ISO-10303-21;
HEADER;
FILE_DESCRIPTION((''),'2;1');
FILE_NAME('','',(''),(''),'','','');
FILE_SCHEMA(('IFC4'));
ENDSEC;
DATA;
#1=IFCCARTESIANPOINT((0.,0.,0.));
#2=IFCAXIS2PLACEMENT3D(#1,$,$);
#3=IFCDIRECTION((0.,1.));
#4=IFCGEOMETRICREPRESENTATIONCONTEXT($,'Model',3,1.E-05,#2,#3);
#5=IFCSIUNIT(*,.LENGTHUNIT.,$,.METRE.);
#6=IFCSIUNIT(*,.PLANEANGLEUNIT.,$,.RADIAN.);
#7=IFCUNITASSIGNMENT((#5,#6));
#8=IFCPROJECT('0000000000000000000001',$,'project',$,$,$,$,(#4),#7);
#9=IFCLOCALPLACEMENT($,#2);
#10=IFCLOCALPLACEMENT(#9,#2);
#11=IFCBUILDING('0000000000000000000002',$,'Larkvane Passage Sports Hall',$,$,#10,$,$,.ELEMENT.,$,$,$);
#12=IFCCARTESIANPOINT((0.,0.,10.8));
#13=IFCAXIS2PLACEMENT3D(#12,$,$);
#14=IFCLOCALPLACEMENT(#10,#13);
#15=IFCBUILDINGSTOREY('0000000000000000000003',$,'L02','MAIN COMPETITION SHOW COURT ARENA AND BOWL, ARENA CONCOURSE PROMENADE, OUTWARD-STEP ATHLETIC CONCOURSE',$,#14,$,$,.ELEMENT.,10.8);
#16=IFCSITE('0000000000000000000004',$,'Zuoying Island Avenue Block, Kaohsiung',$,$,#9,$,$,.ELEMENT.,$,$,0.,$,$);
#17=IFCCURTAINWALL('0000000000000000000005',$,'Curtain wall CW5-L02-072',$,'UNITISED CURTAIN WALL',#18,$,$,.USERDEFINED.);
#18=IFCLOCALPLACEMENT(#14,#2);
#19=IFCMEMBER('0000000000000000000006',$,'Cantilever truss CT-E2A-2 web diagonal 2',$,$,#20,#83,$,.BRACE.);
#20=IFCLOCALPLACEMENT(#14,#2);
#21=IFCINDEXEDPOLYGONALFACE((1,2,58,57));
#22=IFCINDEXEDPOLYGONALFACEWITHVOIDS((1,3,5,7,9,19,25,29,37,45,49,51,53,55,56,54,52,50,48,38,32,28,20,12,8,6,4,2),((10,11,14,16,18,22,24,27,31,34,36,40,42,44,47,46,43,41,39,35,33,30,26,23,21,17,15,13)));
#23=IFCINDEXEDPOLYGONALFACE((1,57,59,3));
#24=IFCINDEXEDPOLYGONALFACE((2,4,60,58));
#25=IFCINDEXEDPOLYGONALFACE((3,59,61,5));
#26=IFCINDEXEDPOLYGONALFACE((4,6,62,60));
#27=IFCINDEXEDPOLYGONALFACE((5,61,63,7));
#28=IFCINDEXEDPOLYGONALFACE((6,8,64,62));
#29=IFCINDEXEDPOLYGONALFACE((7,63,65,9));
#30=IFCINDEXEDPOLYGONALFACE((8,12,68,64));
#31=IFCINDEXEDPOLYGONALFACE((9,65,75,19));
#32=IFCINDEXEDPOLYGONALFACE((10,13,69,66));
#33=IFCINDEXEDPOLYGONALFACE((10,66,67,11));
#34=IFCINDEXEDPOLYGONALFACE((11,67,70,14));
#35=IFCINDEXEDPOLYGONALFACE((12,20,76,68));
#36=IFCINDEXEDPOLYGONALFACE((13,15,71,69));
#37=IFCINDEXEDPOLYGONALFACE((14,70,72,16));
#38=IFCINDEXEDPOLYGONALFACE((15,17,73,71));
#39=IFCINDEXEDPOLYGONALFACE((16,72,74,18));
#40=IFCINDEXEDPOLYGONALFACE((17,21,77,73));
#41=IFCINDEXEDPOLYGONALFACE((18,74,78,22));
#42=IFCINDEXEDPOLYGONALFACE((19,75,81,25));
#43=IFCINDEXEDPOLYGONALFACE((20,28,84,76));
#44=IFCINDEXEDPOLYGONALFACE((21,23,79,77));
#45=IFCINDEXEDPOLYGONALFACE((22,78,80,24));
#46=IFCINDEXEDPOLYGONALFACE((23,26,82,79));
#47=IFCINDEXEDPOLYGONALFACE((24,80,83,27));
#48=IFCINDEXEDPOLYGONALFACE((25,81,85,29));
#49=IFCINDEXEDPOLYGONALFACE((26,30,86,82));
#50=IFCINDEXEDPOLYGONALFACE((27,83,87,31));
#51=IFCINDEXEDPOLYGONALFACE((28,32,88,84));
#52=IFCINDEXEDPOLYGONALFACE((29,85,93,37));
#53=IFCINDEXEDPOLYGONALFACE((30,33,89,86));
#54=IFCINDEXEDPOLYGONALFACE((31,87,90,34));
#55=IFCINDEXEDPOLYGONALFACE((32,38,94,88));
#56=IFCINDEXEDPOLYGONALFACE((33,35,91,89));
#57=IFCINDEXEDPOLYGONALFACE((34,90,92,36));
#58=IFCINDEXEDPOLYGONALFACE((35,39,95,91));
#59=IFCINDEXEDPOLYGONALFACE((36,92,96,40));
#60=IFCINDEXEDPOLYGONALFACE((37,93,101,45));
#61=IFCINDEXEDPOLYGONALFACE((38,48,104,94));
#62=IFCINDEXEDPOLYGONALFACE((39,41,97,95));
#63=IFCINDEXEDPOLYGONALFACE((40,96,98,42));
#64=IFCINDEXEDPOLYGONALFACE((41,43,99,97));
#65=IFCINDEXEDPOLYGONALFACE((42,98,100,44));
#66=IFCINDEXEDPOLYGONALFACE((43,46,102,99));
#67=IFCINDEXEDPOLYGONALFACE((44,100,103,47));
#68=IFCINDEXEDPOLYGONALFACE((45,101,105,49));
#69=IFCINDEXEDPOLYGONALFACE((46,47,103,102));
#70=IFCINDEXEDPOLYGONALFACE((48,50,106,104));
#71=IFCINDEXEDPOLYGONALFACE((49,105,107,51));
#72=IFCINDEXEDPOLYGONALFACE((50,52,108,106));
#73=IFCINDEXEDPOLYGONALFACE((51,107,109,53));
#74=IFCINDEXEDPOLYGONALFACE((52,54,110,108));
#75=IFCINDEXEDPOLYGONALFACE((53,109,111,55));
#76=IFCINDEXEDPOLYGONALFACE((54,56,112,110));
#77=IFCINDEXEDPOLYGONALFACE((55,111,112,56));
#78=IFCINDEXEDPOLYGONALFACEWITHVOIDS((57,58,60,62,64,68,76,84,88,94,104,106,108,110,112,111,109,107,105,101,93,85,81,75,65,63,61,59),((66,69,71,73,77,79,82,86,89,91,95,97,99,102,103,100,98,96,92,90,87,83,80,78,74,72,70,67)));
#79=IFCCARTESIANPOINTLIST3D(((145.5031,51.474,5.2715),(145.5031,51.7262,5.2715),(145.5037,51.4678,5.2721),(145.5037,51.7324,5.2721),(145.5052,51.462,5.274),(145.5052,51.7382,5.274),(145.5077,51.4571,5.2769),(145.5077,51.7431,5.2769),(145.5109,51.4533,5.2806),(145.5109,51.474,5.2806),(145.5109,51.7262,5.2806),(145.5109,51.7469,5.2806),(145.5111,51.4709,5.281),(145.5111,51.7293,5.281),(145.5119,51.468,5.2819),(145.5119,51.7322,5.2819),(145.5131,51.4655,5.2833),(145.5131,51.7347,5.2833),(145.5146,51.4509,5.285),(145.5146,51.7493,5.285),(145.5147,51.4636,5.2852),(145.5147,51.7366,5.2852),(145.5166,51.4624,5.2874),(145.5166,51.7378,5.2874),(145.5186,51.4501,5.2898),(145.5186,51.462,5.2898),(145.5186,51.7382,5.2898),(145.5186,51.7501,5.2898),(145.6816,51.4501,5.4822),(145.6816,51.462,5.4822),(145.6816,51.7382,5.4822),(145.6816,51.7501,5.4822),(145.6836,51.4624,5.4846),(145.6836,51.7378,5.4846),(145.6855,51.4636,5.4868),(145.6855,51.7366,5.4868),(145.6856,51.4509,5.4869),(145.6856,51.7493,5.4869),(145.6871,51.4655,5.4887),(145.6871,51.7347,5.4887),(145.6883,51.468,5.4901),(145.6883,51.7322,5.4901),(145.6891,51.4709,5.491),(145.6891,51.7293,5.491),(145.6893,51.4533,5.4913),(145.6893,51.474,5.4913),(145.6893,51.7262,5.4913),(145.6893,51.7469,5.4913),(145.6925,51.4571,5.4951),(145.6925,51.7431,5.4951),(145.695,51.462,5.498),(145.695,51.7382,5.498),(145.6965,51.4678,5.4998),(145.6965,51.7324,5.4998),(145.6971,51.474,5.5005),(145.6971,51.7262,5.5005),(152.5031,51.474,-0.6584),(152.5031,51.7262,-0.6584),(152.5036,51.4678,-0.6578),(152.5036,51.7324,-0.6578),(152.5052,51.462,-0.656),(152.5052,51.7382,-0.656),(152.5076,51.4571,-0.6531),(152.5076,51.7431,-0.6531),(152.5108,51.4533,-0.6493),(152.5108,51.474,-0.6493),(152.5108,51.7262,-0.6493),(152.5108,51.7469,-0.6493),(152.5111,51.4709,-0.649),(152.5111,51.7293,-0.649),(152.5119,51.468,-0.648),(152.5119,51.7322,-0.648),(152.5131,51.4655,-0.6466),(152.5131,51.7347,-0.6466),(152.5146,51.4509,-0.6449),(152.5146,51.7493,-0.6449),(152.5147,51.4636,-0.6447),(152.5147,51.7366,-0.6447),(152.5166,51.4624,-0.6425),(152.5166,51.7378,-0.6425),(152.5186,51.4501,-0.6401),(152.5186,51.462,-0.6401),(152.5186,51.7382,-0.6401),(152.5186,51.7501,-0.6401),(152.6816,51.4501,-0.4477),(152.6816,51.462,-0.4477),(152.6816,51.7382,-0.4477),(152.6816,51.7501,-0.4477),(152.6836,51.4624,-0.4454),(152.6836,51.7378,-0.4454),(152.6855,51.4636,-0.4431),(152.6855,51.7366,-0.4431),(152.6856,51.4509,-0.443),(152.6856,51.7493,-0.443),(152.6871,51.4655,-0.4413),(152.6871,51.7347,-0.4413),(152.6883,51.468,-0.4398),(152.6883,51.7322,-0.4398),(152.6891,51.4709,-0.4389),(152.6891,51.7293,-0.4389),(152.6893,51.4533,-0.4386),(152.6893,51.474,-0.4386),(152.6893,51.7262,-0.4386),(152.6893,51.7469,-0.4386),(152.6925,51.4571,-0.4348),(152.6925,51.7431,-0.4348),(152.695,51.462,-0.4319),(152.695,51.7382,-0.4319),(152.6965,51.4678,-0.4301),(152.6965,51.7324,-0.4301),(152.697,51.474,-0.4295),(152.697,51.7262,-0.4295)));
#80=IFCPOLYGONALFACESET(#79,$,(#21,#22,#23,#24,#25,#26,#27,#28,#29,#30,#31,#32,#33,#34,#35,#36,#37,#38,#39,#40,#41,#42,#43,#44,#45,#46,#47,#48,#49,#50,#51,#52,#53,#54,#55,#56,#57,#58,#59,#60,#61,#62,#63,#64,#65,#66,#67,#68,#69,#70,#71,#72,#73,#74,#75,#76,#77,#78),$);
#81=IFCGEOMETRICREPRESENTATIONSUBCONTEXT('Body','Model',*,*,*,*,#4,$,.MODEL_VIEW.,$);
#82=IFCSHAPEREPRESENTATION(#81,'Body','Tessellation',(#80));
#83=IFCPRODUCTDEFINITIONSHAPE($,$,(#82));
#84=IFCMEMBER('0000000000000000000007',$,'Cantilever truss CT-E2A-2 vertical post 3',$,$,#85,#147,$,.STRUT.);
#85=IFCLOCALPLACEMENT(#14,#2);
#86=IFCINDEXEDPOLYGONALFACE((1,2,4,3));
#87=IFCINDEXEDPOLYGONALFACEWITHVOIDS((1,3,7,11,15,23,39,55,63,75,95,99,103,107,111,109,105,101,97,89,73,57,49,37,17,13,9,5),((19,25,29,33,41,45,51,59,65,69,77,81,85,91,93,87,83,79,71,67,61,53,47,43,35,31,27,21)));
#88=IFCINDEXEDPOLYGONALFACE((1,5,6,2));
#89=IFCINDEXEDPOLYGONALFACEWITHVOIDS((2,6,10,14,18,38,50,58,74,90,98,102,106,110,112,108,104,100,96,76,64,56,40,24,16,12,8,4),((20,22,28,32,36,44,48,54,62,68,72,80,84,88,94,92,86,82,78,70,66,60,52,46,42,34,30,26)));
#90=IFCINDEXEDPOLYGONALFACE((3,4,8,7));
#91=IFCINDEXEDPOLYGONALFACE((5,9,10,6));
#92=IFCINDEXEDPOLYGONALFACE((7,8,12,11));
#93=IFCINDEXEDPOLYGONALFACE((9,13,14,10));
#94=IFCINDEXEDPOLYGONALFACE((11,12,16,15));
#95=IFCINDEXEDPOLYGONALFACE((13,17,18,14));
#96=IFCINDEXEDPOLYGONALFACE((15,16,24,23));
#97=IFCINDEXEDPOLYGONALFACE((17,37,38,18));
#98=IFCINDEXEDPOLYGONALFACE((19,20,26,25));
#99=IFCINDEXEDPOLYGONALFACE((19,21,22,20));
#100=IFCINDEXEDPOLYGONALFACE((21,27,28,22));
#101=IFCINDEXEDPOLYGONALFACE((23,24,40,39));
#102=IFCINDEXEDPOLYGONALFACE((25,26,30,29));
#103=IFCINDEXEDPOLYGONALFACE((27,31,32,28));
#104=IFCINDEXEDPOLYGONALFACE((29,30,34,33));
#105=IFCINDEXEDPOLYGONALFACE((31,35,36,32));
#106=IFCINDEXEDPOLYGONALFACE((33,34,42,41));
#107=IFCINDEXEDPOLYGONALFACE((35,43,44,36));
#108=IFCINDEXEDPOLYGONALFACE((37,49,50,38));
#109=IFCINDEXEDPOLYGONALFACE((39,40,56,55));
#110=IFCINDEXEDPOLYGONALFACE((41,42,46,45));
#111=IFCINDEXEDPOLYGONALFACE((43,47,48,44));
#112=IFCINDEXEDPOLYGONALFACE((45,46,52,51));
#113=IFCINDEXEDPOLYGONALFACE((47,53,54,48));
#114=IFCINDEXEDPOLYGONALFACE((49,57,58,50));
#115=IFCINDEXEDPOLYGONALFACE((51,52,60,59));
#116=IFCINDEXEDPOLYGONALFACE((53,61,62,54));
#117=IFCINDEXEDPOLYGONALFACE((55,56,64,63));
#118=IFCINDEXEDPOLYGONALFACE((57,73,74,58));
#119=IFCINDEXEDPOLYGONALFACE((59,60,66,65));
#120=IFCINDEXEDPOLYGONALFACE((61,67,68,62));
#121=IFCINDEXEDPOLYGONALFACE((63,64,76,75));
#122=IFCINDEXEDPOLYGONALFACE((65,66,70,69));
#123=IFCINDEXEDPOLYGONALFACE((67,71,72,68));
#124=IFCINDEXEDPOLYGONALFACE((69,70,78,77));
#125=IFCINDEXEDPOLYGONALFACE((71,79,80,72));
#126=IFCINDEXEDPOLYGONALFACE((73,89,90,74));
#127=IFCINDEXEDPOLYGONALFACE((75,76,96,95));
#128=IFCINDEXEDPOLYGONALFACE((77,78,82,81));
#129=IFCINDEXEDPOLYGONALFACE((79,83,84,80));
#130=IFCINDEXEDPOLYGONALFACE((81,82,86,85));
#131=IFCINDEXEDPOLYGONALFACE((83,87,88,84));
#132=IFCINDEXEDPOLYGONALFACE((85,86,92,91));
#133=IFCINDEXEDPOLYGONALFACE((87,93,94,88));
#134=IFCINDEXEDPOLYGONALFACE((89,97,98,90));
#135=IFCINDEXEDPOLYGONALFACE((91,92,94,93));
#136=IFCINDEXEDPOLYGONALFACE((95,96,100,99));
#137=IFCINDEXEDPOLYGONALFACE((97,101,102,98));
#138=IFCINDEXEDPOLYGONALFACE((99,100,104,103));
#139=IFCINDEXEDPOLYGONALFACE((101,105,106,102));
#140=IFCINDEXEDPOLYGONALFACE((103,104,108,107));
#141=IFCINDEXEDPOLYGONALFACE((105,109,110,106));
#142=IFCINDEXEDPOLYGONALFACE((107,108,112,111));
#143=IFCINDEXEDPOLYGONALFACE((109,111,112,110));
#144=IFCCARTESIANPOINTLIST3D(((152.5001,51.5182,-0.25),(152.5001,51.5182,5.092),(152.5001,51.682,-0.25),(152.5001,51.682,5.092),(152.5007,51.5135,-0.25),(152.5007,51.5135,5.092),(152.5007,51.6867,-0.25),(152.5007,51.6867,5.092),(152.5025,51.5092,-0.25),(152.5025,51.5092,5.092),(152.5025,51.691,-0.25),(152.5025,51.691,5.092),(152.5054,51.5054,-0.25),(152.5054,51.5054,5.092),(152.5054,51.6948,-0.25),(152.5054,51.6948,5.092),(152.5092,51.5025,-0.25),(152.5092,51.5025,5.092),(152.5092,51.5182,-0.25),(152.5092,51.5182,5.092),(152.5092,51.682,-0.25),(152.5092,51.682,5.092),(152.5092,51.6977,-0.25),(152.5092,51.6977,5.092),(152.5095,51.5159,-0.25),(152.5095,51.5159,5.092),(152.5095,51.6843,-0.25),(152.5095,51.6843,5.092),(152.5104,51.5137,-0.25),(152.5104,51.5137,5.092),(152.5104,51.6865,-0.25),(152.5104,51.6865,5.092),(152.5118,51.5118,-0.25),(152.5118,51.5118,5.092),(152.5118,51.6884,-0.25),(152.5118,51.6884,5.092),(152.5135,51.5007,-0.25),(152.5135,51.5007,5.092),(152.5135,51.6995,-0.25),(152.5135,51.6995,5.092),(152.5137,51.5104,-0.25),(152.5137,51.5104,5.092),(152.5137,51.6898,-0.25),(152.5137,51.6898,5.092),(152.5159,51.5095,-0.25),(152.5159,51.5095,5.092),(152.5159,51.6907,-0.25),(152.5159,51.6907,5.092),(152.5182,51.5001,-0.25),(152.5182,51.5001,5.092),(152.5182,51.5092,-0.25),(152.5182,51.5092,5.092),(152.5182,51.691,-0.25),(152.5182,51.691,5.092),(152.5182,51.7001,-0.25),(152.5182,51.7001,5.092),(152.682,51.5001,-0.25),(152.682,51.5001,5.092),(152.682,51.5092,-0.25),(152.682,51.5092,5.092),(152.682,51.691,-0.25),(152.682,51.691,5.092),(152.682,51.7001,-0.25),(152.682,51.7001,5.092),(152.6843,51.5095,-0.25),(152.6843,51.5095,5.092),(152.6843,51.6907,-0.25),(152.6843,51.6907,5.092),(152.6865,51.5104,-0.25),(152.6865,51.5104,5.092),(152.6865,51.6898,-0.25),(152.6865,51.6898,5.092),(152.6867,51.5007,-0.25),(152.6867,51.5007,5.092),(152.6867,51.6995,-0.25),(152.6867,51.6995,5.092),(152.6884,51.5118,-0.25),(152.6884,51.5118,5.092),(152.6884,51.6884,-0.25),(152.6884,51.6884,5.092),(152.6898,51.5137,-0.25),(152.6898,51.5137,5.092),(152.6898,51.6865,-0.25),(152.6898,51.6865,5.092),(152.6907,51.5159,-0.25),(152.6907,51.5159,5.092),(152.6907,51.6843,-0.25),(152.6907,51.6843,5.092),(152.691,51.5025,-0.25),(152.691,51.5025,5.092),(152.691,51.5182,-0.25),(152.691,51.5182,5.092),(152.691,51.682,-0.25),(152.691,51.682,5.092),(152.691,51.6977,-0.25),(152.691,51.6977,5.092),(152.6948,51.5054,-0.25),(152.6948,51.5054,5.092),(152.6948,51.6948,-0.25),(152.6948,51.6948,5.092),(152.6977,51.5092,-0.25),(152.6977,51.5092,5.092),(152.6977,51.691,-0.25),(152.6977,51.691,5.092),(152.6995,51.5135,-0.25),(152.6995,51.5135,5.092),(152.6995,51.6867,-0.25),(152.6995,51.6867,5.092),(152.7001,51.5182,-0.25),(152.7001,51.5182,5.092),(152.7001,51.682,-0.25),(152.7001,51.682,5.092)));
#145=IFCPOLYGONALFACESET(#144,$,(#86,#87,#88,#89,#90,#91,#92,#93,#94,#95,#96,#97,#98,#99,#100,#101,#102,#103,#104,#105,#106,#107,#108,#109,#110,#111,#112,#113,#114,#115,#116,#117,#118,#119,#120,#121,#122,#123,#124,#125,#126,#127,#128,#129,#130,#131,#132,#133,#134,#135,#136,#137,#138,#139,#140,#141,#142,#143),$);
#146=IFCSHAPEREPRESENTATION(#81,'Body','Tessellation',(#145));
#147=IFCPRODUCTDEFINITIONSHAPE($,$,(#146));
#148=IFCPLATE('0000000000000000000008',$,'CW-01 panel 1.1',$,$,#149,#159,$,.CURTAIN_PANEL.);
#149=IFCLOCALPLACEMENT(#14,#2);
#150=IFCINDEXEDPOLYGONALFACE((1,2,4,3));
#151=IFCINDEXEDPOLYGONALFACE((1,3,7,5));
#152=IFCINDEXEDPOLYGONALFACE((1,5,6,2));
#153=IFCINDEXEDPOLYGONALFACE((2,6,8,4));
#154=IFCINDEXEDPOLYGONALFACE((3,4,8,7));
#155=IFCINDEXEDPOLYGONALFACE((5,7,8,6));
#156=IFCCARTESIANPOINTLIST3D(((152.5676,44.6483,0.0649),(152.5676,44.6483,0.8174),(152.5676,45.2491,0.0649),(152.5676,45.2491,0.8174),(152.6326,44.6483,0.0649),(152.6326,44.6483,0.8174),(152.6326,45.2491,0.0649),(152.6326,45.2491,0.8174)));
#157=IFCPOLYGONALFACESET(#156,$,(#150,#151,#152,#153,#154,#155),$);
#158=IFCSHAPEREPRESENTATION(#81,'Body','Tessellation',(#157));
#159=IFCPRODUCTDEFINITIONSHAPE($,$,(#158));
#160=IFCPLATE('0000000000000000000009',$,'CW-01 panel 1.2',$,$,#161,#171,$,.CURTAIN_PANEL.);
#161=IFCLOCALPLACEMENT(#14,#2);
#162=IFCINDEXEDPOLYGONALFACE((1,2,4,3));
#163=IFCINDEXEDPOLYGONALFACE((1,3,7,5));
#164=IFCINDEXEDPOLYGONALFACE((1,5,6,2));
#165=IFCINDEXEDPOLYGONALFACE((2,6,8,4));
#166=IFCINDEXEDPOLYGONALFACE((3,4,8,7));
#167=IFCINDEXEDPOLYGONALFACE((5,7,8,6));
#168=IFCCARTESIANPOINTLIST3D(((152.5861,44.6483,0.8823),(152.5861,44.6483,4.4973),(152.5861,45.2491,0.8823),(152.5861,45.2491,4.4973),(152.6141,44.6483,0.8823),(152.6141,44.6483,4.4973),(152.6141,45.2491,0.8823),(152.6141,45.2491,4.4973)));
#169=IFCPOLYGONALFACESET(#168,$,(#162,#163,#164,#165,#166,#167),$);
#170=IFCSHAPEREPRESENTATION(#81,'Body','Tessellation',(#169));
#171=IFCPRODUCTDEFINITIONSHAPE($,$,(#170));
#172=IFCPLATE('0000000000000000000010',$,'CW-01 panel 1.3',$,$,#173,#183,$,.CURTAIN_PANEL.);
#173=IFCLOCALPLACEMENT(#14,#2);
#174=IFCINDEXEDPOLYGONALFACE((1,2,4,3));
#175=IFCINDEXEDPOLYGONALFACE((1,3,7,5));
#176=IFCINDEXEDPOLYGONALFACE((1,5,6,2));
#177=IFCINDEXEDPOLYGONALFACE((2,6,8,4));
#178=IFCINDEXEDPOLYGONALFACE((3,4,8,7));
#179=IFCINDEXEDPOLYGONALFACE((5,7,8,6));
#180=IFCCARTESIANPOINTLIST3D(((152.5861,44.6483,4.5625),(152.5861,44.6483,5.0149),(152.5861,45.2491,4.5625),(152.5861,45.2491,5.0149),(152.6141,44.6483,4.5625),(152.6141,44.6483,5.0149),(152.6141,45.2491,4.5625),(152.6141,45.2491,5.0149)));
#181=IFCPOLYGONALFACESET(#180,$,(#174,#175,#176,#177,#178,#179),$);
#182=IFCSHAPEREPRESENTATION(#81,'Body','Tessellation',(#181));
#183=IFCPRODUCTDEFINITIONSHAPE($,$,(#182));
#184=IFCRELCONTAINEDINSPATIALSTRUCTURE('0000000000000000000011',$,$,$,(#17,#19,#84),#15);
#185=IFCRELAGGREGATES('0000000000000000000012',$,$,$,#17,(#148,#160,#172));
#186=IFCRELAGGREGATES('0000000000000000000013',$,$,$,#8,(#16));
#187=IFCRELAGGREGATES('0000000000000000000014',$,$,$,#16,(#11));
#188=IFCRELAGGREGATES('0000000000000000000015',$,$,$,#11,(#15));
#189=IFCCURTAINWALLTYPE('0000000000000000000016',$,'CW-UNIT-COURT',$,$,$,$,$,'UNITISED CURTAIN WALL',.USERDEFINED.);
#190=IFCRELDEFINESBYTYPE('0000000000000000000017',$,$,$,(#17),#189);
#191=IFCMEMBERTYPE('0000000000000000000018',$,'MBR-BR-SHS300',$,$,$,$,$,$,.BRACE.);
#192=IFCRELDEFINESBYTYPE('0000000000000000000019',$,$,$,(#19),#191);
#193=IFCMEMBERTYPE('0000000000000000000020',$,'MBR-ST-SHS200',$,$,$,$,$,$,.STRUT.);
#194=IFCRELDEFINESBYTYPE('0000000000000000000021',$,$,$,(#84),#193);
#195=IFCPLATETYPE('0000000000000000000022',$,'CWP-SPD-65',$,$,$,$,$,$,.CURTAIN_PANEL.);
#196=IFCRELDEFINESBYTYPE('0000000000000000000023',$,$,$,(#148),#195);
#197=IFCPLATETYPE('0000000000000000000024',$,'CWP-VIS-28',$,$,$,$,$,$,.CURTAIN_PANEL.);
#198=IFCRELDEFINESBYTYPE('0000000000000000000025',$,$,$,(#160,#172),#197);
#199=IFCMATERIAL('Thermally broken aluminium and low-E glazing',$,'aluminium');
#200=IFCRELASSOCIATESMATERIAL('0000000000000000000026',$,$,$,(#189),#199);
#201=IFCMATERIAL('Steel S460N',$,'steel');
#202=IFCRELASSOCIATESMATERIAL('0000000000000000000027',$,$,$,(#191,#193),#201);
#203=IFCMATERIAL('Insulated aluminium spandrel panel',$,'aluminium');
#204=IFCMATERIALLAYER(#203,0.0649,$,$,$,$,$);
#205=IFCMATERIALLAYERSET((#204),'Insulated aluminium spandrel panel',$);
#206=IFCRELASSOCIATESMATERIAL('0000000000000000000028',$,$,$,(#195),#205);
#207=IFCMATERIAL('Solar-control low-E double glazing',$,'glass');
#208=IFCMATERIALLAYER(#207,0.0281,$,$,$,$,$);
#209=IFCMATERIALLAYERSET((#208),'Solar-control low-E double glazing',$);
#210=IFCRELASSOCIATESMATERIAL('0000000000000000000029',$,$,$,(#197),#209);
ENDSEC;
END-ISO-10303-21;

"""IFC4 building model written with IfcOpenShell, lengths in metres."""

from ifc_helpers import new_model, si_unit, direction, frame, origin, origin_2d, place, context, subcontext, project, spatial, rectangle, hollow_rectangle, extrude, material, layer, layer_set, material_profile, profile_set, type_object, element, aggregate, save


model = new_model("IFC4")

# Units and contexts
model_context = context("Model", 3, precision=1e-05, world=origin(), true_north=direction((0.0, 1.0)))
body_context = subcontext(model_context, "Body", "Model", "MODEL_VIEW")
ifc_project = project(units=[si_unit("LENGTHUNIT", "METRE"), si_unit("PLANEANGLEUNIT", "RADIAN")], contexts=[model_context])

# Site, building, storey
site_placement = place(None, origin())
site = spatial("IfcSite", under=ifc_project, at=site_placement, Name="Zuoying Island Avenue Block, Kaohsiung", CompositionType="ELEMENT", RefElevation=0.0)
building_placement = place(site_placement, origin())
building = spatial("IfcBuilding", under=site, at=building_placement, Name="Larkvane Passage Sports Hall", CompositionType="ELEMENT")
storey_placement = place(building_placement, frame((0.0, 0.0, 10.8)))
storey = spatial("IfcBuildingStorey", under=building, at=storey_placement, Name="L02", Description="MAIN COMPETITION SHOW COURT ARENA AND BOWL, ARENA CONCOURSE PROMENADE, OUTWARD-STEP ATHLETIC CONCOURSE", CompositionType="ELEMENT", Elevation=10.8)

# Shared definitions
ifc_material_1 = material(Name="Steel S460N", Category="steel")

# Curtain wall
ifc_material_2 = material(Name="Thermally broken aluminium and low-E glazing", Category="aluminium")
curtain_wall_type = type_object("IfcCurtainWallType", Name="CW-UNIT-COURT", ElementType="UNITISED CURTAIN WALL", PredefinedType="USERDEFINED", material=ifc_material_2)
curtain_wall_placement = place(storey_placement, origin())
curtain_wall = element("IfcCurtainWall", 1, at=curtain_wall_placement, inside=storey, type_object=curtain_wall_type, Name="Curtain wall CW5-L02-072", ObjectType="UNITISED CURTAIN WALL", PredefinedType="USERDEFINED")

# Members
ifc_material_profile_1 = material_profile(ifc_material_1, hollow_rectangle(XDim=0.3, YDim=0.3, WallThickness=0.012, InnerFilletRadius=0.012, OuterFilletRadius=0.0239, at=origin_2d()), Name="SHS-300x300x12")
ifc_profile_set_1 = profile_set([ifc_material_profile_1], Name="Steel S460N")
member_type_1 = type_object("IfcMemberType", Name="MBR-BR-SHS300", PredefinedType="BRACE", material=ifc_profile_set_1)
member_1_placement = place(storey_placement, frame((145.6001, 51.6001, 5.386), z_axis=(0.763018, 0.0, -0.646378), x_axis=(0.0, 1.0, 0.0)))
element("IfcMember", 2, at=member_1_placement, inside=storey, type_object=member_type_1, Name="Cantilever truss CT-E2A-2 web diagonal 2", PredefinedType="BRACE", context=body_context, shape_type="SweptSolid", body=[
    extrude(hollow_rectangle(XDim=0.3, YDim=0.3, WallThickness=0.012, InnerFilletRadius=0.012, OuterFilletRadius=0.0239, at=origin_2d()), origin(), (0.0, 0.0, 1.0), 9.1741),
])
ifc_material_profile_2 = material_profile(ifc_material_1, hollow_rectangle(XDim=0.2, YDim=0.2, WallThickness=0.009, InnerFilletRadius=0.009, OuterFilletRadius=0.0181, at=origin_2d()), Name="SHS-200x200x9")
ifc_profile_set_2 = profile_set([ifc_material_profile_2], Name="Steel S460N")
member_type_2 = type_object("IfcMemberType", Name="MBR-ST-SHS200", PredefinedType="STRUT", material=ifc_profile_set_2)
member_2_placement = place(storey_placement, frame((152.6001, 51.6001, -0.25), z_axis=(0.0, 0.0, 1.0), x_axis=(1.0, 0.0, 0.0)))
element("IfcMember", 3, at=member_2_placement, inside=storey, type_object=member_type_2, Name="Cantilever truss CT-E2A-2 vertical post 3", PredefinedType="STRUT", context=body_context, shape_type="SweptSolid", body=[
    extrude(hollow_rectangle(XDim=0.2, YDim=0.2, WallThickness=0.009, InnerFilletRadius=0.009, OuterFilletRadius=0.0181, at=origin_2d()), origin(), (0.0, 0.0, 1.0), 5.342),
])

# Plates
ifc_material_3 = material(Name="Insulated aluminium spandrel panel", Category="aluminium")
ifc_layer_1 = layer(ifc_material_3, 0.0649)
ifc_layer_set_1 = layer_set([ifc_layer_1], Name="Insulated aluminium spandrel panel")
plate_type_1 = type_object("IfcPlateType", Name="CWP-SPD-65", PredefinedType="CURTAIN_PANEL", material=ifc_layer_set_1)
plate_1_placement = place(storey_placement, frame((152.6001, 44.9487, 0.0649), z_axis=(0.0, 0.0, 1.0), x_axis=(0.0, -1.0, 0.0)))
plate_1 = element("IfcPlate", 4, at=plate_1_placement, type_object=plate_type_1, Name="CW-01 panel 1.1", PredefinedType="CURTAIN_PANEL", context=body_context, shape_type="SweptSolid", body=[
    extrude(rectangle(XDim=0.6008, YDim=0.0649, at=origin_2d()), origin(), (0.0, 0.0, 1.0), 0.7524),
])
ifc_material_4 = material(Name="Solar-control low-E double glazing", Category="glass")
ifc_layer_2 = layer(ifc_material_4, 0.0281)
ifc_layer_set_2 = layer_set([ifc_layer_2], Name="Solar-control low-E double glazing")
plate_type_2 = type_object("IfcPlateType", Name="CWP-VIS-28", PredefinedType="CURTAIN_PANEL", material=ifc_layer_set_2)
plate_2_placement = place(storey_placement, frame((152.6001, 44.9487, 0.8823), z_axis=(0.0, 0.0, 1.0), x_axis=(0.0, -1.0, 0.0)))
plate_2 = element("IfcPlate", 5, at=plate_2_placement, type_object=plate_type_2, Name="CW-01 panel 1.2", PredefinedType="CURTAIN_PANEL", context=body_context, shape_type="SweptSolid", body=[
    extrude(rectangle(XDim=0.6008, YDim=0.0281, at=origin_2d()), origin(), (0.0, 0.0, 1.0), 3.615),
])
plate_3_placement = place(storey_placement, frame((152.6001, 44.9487, 4.5625), z_axis=(0.0, 0.0, 1.0), x_axis=(0.0, -1.0, 0.0)))
plate_3 = element("IfcPlate", 6, at=plate_3_placement, type_object=plate_type_2, Name="CW-01 panel 1.3", PredefinedType="CURTAIN_PANEL", context=body_context, shape_type="SweptSolid", body=[
    extrude(rectangle(XDim=0.6008, YDim=0.0281, at=origin_2d()), origin(), (0.0, 0.0, 1.0), 0.4524),
])
aggregate(curtain_wall, [plate_1, plate_2, plate_3])

save(model, "model.ifc")
